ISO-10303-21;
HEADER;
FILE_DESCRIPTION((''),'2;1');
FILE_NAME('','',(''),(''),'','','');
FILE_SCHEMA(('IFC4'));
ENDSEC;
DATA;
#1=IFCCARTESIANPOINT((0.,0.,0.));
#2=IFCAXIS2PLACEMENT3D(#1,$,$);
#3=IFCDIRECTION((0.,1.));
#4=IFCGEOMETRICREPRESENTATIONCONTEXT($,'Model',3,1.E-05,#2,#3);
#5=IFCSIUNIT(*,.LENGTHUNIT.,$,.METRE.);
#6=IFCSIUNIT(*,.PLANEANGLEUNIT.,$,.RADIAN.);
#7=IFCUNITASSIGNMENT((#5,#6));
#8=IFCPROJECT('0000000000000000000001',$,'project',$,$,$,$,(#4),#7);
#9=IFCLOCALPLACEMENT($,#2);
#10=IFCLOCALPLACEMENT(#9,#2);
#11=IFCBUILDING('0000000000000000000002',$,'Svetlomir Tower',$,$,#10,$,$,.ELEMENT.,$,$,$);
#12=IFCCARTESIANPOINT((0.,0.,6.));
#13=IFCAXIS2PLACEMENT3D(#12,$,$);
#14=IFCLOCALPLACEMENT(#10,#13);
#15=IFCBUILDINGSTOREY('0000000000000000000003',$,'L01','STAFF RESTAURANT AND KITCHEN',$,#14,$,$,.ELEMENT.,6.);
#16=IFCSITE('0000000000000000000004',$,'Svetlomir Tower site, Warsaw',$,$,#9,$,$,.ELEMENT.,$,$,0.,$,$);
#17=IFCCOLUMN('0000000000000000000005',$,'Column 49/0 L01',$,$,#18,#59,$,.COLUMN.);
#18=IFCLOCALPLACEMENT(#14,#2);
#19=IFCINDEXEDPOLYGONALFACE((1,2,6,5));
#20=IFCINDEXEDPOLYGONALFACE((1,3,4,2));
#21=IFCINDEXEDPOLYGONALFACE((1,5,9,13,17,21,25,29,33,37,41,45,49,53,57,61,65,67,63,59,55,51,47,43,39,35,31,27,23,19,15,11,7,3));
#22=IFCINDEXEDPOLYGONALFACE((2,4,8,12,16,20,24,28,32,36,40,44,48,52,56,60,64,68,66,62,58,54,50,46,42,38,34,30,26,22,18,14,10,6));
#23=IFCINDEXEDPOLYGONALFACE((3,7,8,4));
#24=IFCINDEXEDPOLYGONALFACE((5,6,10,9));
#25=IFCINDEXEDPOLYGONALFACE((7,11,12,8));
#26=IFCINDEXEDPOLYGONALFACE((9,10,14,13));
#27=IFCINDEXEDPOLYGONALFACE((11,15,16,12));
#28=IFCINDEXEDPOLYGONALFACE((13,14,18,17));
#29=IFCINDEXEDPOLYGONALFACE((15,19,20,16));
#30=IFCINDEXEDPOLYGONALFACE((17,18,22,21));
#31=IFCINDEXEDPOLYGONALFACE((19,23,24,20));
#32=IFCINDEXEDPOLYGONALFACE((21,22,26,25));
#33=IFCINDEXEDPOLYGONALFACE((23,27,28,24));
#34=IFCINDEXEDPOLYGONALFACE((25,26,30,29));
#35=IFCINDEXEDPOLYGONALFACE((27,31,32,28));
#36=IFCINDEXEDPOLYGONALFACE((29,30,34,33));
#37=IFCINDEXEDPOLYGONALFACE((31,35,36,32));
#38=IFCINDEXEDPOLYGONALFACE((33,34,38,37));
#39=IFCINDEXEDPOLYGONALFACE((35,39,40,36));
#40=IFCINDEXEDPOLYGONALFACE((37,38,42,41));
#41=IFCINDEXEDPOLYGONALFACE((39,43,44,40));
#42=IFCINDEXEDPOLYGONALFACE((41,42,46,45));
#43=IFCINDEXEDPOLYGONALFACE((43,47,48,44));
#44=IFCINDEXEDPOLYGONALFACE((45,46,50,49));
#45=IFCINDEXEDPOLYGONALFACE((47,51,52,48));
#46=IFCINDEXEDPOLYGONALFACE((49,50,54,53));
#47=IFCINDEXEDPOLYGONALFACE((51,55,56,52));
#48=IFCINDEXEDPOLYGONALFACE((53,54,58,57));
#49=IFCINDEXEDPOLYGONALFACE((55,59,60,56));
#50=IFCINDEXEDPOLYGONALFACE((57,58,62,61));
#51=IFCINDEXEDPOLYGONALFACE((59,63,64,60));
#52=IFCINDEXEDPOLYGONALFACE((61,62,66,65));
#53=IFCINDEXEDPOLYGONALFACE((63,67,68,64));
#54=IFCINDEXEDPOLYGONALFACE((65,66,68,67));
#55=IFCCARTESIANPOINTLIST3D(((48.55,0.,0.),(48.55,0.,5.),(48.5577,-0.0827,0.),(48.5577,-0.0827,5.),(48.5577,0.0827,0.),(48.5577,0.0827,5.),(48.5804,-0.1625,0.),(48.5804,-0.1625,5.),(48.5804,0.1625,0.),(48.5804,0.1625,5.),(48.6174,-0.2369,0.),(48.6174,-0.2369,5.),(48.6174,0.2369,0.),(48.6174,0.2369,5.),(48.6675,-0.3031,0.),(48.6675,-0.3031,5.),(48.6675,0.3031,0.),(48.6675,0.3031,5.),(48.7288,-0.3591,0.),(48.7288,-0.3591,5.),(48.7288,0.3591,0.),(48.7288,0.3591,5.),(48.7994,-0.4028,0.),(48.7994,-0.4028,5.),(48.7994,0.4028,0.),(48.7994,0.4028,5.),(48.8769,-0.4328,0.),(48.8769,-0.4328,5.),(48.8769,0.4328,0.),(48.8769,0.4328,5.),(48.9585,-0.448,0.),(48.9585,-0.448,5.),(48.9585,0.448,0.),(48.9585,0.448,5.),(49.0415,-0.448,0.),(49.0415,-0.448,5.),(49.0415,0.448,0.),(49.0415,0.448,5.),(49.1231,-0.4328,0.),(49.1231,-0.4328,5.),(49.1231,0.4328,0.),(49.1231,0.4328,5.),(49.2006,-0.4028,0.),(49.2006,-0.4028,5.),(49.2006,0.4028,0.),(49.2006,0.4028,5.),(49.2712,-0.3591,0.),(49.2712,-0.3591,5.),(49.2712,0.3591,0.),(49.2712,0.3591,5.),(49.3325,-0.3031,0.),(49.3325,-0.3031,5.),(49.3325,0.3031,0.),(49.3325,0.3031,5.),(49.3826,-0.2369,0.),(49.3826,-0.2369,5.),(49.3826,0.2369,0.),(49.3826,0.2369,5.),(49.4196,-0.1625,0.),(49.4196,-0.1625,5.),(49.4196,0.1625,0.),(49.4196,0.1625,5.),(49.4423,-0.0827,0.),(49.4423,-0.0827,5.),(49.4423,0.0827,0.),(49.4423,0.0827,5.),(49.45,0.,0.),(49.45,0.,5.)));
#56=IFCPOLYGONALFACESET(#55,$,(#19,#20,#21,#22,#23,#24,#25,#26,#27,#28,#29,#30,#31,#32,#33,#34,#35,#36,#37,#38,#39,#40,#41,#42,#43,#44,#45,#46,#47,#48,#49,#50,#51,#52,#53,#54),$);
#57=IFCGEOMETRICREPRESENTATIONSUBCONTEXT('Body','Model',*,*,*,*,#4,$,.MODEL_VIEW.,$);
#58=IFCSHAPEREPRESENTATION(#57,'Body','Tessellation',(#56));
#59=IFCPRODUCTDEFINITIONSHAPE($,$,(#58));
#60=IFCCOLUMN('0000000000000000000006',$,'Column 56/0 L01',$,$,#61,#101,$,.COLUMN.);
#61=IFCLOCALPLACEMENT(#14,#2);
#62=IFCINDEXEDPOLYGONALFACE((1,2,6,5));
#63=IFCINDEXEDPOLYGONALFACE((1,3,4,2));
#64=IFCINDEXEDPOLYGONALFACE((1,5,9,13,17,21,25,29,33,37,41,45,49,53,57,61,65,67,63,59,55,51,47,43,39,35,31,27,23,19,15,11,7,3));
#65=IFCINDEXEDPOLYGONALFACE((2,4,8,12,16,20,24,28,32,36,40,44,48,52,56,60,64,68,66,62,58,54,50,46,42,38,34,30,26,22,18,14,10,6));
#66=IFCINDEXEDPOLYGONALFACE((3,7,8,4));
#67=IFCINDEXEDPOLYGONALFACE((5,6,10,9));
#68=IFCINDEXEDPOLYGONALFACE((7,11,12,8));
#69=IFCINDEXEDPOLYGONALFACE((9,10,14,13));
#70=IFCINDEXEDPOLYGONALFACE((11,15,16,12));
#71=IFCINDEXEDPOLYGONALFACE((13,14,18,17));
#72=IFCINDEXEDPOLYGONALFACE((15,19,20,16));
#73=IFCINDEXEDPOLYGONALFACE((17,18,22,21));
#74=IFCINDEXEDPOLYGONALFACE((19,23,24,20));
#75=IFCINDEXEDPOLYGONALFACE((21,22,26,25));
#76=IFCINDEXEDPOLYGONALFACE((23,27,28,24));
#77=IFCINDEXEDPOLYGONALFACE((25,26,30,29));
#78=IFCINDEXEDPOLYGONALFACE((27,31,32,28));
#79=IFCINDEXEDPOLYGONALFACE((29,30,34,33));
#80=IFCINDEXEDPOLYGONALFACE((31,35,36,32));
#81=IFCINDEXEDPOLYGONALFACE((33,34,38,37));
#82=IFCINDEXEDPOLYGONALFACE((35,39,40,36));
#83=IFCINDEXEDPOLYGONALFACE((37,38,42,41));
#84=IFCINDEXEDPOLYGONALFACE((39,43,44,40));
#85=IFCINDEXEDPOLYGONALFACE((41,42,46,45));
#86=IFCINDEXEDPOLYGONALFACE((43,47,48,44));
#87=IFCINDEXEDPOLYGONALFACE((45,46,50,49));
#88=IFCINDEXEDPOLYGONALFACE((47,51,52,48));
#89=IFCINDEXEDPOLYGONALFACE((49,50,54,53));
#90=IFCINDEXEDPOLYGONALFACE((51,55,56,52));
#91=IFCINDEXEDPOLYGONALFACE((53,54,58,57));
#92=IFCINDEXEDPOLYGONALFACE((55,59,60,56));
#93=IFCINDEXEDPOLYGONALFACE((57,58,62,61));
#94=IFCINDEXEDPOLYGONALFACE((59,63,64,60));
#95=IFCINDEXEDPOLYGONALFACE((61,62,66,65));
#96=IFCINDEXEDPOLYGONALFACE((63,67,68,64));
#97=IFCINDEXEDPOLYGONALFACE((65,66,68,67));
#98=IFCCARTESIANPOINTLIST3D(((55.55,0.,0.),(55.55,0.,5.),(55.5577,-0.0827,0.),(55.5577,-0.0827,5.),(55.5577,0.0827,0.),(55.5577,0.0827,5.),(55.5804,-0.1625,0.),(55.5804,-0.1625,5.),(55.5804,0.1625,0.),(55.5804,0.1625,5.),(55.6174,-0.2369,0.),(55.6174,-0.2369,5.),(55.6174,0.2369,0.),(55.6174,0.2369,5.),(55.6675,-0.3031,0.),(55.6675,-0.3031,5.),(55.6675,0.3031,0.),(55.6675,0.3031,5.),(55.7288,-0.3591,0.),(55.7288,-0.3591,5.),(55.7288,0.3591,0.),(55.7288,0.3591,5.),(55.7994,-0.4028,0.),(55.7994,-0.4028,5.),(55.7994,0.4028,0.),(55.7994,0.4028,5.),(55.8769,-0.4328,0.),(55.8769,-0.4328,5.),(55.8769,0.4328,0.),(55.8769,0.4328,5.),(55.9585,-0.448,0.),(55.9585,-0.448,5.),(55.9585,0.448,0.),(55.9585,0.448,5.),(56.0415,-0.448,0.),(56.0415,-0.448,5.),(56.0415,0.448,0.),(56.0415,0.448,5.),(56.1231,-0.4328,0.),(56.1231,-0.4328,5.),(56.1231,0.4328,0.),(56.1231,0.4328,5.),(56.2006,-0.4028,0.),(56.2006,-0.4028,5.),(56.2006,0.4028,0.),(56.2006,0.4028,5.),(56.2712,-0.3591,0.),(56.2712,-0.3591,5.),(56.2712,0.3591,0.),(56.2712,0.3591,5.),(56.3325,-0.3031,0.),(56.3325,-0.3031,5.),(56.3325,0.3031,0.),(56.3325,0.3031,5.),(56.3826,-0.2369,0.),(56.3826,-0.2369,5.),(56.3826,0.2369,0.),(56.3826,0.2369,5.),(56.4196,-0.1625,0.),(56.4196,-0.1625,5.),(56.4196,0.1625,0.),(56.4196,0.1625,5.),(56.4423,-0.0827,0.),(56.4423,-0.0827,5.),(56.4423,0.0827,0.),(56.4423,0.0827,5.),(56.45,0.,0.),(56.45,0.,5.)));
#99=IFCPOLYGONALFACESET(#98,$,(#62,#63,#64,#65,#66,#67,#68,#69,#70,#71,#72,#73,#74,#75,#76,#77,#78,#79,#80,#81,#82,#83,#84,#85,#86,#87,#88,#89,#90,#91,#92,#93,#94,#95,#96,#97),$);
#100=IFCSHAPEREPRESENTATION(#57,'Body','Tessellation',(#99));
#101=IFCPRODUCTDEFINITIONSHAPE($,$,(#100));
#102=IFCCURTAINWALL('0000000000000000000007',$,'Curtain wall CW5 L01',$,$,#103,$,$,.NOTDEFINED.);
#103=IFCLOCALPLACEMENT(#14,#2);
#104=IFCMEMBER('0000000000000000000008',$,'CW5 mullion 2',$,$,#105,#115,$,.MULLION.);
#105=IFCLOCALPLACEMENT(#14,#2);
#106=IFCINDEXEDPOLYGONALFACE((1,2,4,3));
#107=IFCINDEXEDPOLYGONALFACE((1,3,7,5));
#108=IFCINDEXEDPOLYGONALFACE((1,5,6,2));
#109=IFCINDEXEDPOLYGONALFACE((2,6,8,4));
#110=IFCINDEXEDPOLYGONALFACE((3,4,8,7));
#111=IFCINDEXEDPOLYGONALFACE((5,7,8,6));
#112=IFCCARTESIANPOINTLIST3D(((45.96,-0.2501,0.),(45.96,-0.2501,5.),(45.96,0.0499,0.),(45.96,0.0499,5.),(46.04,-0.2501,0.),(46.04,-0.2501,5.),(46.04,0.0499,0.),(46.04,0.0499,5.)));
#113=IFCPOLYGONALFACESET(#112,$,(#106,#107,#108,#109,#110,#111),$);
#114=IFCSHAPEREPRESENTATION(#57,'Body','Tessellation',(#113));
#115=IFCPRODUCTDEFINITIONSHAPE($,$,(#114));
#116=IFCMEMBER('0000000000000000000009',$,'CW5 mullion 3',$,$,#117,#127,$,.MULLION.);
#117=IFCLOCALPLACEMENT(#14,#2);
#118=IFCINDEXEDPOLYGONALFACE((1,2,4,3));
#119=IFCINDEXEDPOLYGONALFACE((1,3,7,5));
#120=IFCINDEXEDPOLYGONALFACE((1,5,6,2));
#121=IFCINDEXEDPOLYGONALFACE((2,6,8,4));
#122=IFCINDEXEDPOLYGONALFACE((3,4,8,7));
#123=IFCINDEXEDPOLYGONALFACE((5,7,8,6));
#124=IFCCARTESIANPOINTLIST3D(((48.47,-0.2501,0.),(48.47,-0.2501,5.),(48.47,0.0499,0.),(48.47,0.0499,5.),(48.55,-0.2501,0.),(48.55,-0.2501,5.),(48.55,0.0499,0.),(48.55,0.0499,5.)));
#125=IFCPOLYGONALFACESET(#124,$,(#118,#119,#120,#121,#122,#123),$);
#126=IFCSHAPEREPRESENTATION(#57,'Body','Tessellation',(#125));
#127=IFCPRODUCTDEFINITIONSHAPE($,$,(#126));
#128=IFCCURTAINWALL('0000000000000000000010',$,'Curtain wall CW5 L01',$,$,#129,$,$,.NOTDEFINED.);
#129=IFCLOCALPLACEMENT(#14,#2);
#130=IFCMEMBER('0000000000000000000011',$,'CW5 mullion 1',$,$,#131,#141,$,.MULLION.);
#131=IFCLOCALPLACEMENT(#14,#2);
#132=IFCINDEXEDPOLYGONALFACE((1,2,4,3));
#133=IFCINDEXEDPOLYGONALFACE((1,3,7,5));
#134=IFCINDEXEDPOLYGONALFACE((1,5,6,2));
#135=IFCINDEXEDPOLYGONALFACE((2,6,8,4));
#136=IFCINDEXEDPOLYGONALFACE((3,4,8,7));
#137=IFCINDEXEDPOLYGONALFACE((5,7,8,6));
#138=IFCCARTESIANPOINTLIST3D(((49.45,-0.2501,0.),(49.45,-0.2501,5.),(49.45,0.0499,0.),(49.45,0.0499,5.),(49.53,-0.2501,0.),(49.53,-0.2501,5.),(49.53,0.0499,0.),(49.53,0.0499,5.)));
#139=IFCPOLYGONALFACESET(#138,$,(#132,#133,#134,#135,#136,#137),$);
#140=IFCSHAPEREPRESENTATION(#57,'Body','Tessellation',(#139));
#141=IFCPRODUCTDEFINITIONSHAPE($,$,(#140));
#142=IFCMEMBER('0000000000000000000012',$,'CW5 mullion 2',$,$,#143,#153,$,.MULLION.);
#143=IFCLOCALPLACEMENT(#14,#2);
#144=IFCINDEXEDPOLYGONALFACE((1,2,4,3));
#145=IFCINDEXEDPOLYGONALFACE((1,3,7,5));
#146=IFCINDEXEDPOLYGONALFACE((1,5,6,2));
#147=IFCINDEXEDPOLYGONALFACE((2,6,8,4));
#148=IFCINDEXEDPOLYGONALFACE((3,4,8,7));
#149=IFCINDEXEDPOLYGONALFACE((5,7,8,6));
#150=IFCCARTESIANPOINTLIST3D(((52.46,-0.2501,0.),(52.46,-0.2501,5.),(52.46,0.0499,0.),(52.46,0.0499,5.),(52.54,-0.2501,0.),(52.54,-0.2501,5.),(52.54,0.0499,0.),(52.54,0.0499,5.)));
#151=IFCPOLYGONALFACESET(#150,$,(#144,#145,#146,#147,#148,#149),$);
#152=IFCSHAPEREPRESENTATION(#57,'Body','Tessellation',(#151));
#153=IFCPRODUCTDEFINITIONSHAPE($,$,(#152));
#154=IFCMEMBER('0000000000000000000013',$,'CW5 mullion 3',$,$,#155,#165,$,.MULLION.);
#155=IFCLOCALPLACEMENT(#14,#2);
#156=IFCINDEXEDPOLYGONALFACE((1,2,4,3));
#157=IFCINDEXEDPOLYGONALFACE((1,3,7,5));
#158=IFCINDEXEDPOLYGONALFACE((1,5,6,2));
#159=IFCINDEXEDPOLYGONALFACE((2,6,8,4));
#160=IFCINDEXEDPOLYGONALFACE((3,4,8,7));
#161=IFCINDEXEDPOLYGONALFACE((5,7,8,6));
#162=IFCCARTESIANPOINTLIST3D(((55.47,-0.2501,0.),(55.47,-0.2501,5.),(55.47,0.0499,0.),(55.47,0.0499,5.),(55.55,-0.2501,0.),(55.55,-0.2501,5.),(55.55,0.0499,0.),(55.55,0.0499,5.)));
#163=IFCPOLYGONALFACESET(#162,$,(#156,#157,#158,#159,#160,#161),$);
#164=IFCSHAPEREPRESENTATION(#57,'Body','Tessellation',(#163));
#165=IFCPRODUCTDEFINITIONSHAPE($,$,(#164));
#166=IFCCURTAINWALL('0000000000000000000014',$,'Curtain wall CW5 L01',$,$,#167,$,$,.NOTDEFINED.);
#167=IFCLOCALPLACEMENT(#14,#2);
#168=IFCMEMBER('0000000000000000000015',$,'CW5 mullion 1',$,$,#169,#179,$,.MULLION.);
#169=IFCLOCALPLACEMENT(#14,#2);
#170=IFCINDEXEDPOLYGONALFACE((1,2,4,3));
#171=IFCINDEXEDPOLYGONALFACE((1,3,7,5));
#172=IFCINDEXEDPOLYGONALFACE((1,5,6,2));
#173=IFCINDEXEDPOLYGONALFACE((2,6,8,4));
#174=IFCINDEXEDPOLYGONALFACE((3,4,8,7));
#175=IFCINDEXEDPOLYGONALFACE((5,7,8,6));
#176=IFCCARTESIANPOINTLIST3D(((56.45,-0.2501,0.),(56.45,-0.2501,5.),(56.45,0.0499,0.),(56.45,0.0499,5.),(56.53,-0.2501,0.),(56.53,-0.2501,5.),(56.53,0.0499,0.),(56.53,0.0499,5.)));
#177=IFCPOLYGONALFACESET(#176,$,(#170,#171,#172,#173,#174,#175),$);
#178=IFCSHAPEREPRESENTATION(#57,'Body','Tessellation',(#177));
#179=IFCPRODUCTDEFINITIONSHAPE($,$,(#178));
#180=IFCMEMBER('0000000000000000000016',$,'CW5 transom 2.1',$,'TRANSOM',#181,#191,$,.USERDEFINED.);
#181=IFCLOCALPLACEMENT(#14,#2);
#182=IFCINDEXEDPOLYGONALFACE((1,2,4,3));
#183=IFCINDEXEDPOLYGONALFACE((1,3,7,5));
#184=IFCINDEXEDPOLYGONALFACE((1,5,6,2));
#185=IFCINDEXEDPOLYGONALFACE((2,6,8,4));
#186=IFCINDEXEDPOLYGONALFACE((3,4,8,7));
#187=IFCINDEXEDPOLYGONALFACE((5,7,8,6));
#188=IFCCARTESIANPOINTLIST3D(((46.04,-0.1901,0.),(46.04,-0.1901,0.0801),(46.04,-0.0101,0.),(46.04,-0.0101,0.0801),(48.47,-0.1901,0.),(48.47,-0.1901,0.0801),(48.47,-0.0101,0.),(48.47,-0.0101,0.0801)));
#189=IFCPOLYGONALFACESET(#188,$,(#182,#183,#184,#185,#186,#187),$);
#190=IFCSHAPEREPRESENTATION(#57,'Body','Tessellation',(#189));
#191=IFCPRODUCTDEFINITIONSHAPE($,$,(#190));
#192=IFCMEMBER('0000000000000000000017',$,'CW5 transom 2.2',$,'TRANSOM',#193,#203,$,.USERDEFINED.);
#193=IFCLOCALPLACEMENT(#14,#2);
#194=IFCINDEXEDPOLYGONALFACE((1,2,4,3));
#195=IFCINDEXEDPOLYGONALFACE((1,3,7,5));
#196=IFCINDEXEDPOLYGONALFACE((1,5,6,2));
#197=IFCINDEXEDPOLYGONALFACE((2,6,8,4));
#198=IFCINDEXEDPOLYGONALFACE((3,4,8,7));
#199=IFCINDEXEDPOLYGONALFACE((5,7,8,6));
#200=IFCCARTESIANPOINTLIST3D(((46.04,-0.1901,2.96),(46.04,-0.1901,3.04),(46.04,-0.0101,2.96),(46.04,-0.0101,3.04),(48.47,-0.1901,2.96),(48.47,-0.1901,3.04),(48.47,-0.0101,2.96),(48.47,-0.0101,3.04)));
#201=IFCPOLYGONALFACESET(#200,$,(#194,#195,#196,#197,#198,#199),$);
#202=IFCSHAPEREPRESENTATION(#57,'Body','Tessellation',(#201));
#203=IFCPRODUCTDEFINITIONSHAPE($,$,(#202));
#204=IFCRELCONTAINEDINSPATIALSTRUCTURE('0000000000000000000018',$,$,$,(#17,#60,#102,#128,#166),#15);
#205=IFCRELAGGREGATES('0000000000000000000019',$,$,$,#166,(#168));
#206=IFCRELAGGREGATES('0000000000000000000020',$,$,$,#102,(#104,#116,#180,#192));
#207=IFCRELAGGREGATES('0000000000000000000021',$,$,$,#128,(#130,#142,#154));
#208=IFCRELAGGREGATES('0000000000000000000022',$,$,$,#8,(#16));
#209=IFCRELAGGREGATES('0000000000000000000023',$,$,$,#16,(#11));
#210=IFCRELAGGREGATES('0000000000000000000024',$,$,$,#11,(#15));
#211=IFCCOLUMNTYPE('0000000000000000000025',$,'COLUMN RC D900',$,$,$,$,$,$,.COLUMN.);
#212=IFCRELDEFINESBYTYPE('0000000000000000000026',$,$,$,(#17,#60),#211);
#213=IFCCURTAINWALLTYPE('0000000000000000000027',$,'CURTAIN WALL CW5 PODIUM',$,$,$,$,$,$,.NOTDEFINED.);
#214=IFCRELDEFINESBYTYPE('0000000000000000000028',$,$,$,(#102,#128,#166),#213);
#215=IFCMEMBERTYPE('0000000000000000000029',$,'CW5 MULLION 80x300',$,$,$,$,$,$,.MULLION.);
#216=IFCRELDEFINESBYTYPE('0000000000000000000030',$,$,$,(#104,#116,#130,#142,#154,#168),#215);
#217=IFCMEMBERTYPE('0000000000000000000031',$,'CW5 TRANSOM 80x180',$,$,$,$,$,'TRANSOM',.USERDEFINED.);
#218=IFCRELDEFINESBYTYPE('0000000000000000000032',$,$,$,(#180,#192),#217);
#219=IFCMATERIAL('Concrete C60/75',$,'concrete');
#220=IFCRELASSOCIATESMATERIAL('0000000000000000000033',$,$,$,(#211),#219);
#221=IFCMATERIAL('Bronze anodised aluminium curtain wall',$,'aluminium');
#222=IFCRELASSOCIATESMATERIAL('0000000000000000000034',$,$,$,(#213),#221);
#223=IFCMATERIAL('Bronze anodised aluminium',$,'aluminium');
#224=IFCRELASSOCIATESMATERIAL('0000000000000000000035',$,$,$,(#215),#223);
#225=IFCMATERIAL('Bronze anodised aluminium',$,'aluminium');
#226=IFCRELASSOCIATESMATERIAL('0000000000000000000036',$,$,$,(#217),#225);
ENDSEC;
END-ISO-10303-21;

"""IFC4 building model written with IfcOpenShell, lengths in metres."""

from ifc_helpers import new_model, si_unit, direction, frame, origin, origin_2d, place, context, subcontext, project, spatial, rectangle, circle, extrude, material, material_profile, profile_set, type_object, element, aggregate, save


model = new_model("IFC4")

# Units and contexts
model_context = context("Model", 3, precision=1e-05, world=origin(), true_north=direction((0.0, 1.0)))
body_context = subcontext(model_context, "Body", "Model", "MODEL_VIEW")
ifc_project = project(units=[si_unit("LENGTHUNIT", "METRE"), si_unit("PLANEANGLEUNIT", "RADIAN")], contexts=[model_context])

# Site, building, storey
site_placement = place(None, origin())
site = spatial("IfcSite", under=ifc_project, at=site_placement, Name="Svetlomir Tower site, Warsaw", CompositionType="ELEMENT", RefElevation=0.0)
building_placement = place(site_placement, origin())
building = spatial("IfcBuilding", under=site, at=building_placement, Name="Svetlomir Tower", CompositionType="ELEMENT")
storey_placement = place(building_placement, frame((0.0, 0.0, 6.0)))
storey = spatial("IfcBuildingStorey", under=building, at=storey_placement, Name="L01", Description="STAFF RESTAURANT AND KITCHEN", CompositionType="ELEMENT", Elevation=6.0)

# Columns
ifc_material_1 = material(Name="Concrete C60/75", Category="concrete")
ifc_material_profile_1 = material_profile(ifc_material_1, circle(Radius=0.45, at=origin_2d()), Name="RC D900")
ifc_profile_set_1 = profile_set([ifc_material_profile_1], Name="Concrete C60/75")
column_type = type_object("IfcColumnType", Name="COLUMN RC D900", PredefinedType="COLUMN", material=ifc_profile_set_1)
for number, where, z_axis, x_axis, name in (
    (1, (49.0, 0.0, 0.0), (0.0, 0.0, 1.0), (1.0, 0.0, 0.0), "Column 49/0 L01"),
    (2, (56.0, 0.0, 0.0), (0.0, 0.0, 1.0), (1.0, 0.0, 0.0), "Column 56/0 L01"),
):
    element("IfcColumn", number, at=place(storey_placement, frame(where, z_axis=z_axis, x_axis=x_axis)), inside=storey, type_object=column_type, Name=name, PredefinedType="COLUMN", context=body_context, shape_type="SweptSolid", body=[
        extrude(circle(Radius=0.45, at=origin_2d()), origin(), (0.0, 0.0, 1.0), 5.0),
    ])

# Curtain walls, members
ifc_material_2 = material(Name="Bronze anodised aluminium curtain wall", Category="aluminium")
curtain_wall_type = type_object("IfcCurtainWallType", Name="CURTAIN WALL CW5 PODIUM", PredefinedType="NOTDEFINED", material=ifc_material_2)
curtain_wall_1_placement = place(storey_placement, origin())
curtain_wall_1 = element("IfcCurtainWall", 3, at=curtain_wall_1_placement, inside=storey, type_object=curtain_wall_type, Name="Curtain wall CW5 L01", PredefinedType="NOTDEFINED")
ifc_material_3 = material(Name="Bronze anodised aluminium", Category="aluminium")
ifc_material_profile_2 = material_profile(ifc_material_3, rectangle(XDim=0.0801, YDim=0.3, at=origin_2d()), Name="AL 80x300")
ifc_profile_set_2 = profile_set([ifc_material_profile_2], Name="Bronze anodised aluminium 6063-T6")
member_type_1 = type_object("IfcMemberType", Name="CW5 MULLION 80x300", PredefinedType="MULLION", material=ifc_profile_set_2)
member_1_placement = place(storey_placement, frame((46.0, -0.1001, 0.0), z_axis=(0.0, 0.0, 1.0), x_axis=(1.0, 0.0, 0.0)))
member_1 = element("IfcMember", 4, at=member_1_placement, type_object=member_type_1, Name="CW5 mullion 2", PredefinedType="MULLION", context=body_context, shape_type="SweptSolid", body=[
    extrude(rectangle(XDim=0.0801, YDim=0.3, at=origin_2d()), origin(), (0.0, 0.0, 1.0), 5.0),
])
member_2_placement = place(storey_placement, frame((48.51, -0.1001, 0.0), z_axis=(0.0, 0.0, 1.0), x_axis=(1.0, 0.0, 0.0)))
member_2 = element("IfcMember", 5, at=member_2_placement, type_object=member_type_1, Name="CW5 mullion 3", PredefinedType="MULLION", context=body_context, shape_type="SweptSolid", body=[
    extrude(rectangle(XDim=0.0801, YDim=0.3, at=origin_2d()), origin(), (0.0, 0.0, 1.0), 5.0),
])
curtain_wall_2_placement = place(storey_placement, origin())
curtain_wall_2 = element("IfcCurtainWall", 6, at=curtain_wall_2_placement, inside=storey, type_object=curtain_wall_type, Name="Curtain wall CW5 L01", PredefinedType="NOTDEFINED")
member_3_placement = place(storey_placement, frame((49.49, -0.1001, 0.0), z_axis=(0.0, 0.0, 1.0), x_axis=(1.0, 0.0, 0.0)))
member_3 = element("IfcMember", 7, at=member_3_placement, type_object=member_type_1, Name="CW5 mullion 1", PredefinedType="MULLION", context=body_context, shape_type="SweptSolid", body=[
    extrude(rectangle(XDim=0.0801, YDim=0.3, at=origin_2d()), origin(), (0.0, 0.0, 1.0), 5.0),
])
member_4_placement = place(storey_placement, frame((52.5, -0.1001, 0.0), z_axis=(0.0, 0.0, 1.0), x_axis=(1.0, 0.0, 0.0)))
member_4 = element("IfcMember", 8, at=member_4_placement, type_object=member_type_1, Name="CW5 mullion 2", PredefinedType="MULLION", context=body_context, shape_type="SweptSolid", body=[
    extrude(rectangle(XDim=0.0801, YDim=0.3, at=origin_2d()), origin(), (0.0, 0.0, 1.0), 5.0),
])
member_5_placement = place(storey_placement, frame((55.51, -0.1001, 0.0), z_axis=(0.0, 0.0, 1.0), x_axis=(1.0, 0.0, 0.0)))
member_5 = element("IfcMember", 9, at=member_5_placement, type_object=member_type_1, Name="CW5 mullion 3", PredefinedType="MULLION", context=body_context, shape_type="SweptSolid", body=[
    extrude(rectangle(XDim=0.0801, YDim=0.3, at=origin_2d()), origin(), (0.0, 0.0, 1.0), 5.0),
])

# Curtain wall, member
curtain_wall_3_placement = place(storey_placement, origin())
curtain_wall_3 = element("IfcCurtainWall", 10, at=curtain_wall_3_placement, inside=storey, type_object=curtain_wall_type, Name="Curtain wall CW5 L01", PredefinedType="NOTDEFINED")
member_6_placement = place(storey_placement, frame((56.49, -0.1001, 0.0), z_axis=(0.0, 0.0, 1.0), x_axis=(1.0, 0.0, 0.0)))
member_6 = element("IfcMember", 11, at=member_6_placement, type_object=member_type_1, Name="CW5 mullion 1", PredefinedType="MULLION", context=body_context, shape_type="SweptSolid", body=[
    extrude(rectangle(XDim=0.0801, YDim=0.3, at=origin_2d()), origin(), (0.0, 0.0, 1.0), 5.0),
])
aggregate(curtain_wall_3, [member_6])

# Members
ifc_material_4 = material(Name="Bronze anodised aluminium", Category="aluminium")
ifc_material_profile_3 = material_profile(ifc_material_4, rectangle(XDim=0.1799, YDim=0.0801, at=origin_2d()), Name="AL 180x80")
ifc_profile_set_3 = profile_set([ifc_material_profile_3], Name="Bronze anodised aluminium 6063-T6")
member_type_2 = type_object("IfcMemberType", Name="CW5 TRANSOM 80x180", ElementType="TRANSOM", PredefinedType="USERDEFINED", material=ifc_profile_set_3)
member_7_placement = place(storey_placement, frame((46.04, -0.1001, 0.04), z_axis=(1.0, 0.0, 0.0), x_axis=(0.0, 1.0, 0.0)))
member_7 = element("IfcMember", 12, at=member_7_placement, type_object=member_type_2, Name="CW5 transom 2.1", ObjectType="TRANSOM", PredefinedType="USERDEFINED", context=body_context, shape_type="SweptSolid", body=[
    extrude(rectangle(XDim=0.1799, YDim=0.0801, at=origin_2d()), origin(), (0.0, 0.0, 1.0), 2.4299),
])
member_8_placement = place(storey_placement, frame((46.04, -0.1001, 3.0), z_axis=(1.0, 0.0, 0.0), x_axis=(0.0, 1.0, 0.0)))
member_8 = element("IfcMember", 13, at=member_8_placement, type_object=member_type_2, Name="CW5 transom 2.2", ObjectType="TRANSOM", PredefinedType="USERDEFINED", context=body_context, shape_type="SweptSolid", body=[
    extrude(rectangle(XDim=0.1799, YDim=0.0801, at=origin_2d()), origin(), (0.0, 0.0, 1.0), 2.4299),
])

aggregate(curtain_wall_1, [member_1, member_2, member_7, member_8])
aggregate(curtain_wall_2, [member_3, member_4, member_5])

save(model, "model.ifc")
